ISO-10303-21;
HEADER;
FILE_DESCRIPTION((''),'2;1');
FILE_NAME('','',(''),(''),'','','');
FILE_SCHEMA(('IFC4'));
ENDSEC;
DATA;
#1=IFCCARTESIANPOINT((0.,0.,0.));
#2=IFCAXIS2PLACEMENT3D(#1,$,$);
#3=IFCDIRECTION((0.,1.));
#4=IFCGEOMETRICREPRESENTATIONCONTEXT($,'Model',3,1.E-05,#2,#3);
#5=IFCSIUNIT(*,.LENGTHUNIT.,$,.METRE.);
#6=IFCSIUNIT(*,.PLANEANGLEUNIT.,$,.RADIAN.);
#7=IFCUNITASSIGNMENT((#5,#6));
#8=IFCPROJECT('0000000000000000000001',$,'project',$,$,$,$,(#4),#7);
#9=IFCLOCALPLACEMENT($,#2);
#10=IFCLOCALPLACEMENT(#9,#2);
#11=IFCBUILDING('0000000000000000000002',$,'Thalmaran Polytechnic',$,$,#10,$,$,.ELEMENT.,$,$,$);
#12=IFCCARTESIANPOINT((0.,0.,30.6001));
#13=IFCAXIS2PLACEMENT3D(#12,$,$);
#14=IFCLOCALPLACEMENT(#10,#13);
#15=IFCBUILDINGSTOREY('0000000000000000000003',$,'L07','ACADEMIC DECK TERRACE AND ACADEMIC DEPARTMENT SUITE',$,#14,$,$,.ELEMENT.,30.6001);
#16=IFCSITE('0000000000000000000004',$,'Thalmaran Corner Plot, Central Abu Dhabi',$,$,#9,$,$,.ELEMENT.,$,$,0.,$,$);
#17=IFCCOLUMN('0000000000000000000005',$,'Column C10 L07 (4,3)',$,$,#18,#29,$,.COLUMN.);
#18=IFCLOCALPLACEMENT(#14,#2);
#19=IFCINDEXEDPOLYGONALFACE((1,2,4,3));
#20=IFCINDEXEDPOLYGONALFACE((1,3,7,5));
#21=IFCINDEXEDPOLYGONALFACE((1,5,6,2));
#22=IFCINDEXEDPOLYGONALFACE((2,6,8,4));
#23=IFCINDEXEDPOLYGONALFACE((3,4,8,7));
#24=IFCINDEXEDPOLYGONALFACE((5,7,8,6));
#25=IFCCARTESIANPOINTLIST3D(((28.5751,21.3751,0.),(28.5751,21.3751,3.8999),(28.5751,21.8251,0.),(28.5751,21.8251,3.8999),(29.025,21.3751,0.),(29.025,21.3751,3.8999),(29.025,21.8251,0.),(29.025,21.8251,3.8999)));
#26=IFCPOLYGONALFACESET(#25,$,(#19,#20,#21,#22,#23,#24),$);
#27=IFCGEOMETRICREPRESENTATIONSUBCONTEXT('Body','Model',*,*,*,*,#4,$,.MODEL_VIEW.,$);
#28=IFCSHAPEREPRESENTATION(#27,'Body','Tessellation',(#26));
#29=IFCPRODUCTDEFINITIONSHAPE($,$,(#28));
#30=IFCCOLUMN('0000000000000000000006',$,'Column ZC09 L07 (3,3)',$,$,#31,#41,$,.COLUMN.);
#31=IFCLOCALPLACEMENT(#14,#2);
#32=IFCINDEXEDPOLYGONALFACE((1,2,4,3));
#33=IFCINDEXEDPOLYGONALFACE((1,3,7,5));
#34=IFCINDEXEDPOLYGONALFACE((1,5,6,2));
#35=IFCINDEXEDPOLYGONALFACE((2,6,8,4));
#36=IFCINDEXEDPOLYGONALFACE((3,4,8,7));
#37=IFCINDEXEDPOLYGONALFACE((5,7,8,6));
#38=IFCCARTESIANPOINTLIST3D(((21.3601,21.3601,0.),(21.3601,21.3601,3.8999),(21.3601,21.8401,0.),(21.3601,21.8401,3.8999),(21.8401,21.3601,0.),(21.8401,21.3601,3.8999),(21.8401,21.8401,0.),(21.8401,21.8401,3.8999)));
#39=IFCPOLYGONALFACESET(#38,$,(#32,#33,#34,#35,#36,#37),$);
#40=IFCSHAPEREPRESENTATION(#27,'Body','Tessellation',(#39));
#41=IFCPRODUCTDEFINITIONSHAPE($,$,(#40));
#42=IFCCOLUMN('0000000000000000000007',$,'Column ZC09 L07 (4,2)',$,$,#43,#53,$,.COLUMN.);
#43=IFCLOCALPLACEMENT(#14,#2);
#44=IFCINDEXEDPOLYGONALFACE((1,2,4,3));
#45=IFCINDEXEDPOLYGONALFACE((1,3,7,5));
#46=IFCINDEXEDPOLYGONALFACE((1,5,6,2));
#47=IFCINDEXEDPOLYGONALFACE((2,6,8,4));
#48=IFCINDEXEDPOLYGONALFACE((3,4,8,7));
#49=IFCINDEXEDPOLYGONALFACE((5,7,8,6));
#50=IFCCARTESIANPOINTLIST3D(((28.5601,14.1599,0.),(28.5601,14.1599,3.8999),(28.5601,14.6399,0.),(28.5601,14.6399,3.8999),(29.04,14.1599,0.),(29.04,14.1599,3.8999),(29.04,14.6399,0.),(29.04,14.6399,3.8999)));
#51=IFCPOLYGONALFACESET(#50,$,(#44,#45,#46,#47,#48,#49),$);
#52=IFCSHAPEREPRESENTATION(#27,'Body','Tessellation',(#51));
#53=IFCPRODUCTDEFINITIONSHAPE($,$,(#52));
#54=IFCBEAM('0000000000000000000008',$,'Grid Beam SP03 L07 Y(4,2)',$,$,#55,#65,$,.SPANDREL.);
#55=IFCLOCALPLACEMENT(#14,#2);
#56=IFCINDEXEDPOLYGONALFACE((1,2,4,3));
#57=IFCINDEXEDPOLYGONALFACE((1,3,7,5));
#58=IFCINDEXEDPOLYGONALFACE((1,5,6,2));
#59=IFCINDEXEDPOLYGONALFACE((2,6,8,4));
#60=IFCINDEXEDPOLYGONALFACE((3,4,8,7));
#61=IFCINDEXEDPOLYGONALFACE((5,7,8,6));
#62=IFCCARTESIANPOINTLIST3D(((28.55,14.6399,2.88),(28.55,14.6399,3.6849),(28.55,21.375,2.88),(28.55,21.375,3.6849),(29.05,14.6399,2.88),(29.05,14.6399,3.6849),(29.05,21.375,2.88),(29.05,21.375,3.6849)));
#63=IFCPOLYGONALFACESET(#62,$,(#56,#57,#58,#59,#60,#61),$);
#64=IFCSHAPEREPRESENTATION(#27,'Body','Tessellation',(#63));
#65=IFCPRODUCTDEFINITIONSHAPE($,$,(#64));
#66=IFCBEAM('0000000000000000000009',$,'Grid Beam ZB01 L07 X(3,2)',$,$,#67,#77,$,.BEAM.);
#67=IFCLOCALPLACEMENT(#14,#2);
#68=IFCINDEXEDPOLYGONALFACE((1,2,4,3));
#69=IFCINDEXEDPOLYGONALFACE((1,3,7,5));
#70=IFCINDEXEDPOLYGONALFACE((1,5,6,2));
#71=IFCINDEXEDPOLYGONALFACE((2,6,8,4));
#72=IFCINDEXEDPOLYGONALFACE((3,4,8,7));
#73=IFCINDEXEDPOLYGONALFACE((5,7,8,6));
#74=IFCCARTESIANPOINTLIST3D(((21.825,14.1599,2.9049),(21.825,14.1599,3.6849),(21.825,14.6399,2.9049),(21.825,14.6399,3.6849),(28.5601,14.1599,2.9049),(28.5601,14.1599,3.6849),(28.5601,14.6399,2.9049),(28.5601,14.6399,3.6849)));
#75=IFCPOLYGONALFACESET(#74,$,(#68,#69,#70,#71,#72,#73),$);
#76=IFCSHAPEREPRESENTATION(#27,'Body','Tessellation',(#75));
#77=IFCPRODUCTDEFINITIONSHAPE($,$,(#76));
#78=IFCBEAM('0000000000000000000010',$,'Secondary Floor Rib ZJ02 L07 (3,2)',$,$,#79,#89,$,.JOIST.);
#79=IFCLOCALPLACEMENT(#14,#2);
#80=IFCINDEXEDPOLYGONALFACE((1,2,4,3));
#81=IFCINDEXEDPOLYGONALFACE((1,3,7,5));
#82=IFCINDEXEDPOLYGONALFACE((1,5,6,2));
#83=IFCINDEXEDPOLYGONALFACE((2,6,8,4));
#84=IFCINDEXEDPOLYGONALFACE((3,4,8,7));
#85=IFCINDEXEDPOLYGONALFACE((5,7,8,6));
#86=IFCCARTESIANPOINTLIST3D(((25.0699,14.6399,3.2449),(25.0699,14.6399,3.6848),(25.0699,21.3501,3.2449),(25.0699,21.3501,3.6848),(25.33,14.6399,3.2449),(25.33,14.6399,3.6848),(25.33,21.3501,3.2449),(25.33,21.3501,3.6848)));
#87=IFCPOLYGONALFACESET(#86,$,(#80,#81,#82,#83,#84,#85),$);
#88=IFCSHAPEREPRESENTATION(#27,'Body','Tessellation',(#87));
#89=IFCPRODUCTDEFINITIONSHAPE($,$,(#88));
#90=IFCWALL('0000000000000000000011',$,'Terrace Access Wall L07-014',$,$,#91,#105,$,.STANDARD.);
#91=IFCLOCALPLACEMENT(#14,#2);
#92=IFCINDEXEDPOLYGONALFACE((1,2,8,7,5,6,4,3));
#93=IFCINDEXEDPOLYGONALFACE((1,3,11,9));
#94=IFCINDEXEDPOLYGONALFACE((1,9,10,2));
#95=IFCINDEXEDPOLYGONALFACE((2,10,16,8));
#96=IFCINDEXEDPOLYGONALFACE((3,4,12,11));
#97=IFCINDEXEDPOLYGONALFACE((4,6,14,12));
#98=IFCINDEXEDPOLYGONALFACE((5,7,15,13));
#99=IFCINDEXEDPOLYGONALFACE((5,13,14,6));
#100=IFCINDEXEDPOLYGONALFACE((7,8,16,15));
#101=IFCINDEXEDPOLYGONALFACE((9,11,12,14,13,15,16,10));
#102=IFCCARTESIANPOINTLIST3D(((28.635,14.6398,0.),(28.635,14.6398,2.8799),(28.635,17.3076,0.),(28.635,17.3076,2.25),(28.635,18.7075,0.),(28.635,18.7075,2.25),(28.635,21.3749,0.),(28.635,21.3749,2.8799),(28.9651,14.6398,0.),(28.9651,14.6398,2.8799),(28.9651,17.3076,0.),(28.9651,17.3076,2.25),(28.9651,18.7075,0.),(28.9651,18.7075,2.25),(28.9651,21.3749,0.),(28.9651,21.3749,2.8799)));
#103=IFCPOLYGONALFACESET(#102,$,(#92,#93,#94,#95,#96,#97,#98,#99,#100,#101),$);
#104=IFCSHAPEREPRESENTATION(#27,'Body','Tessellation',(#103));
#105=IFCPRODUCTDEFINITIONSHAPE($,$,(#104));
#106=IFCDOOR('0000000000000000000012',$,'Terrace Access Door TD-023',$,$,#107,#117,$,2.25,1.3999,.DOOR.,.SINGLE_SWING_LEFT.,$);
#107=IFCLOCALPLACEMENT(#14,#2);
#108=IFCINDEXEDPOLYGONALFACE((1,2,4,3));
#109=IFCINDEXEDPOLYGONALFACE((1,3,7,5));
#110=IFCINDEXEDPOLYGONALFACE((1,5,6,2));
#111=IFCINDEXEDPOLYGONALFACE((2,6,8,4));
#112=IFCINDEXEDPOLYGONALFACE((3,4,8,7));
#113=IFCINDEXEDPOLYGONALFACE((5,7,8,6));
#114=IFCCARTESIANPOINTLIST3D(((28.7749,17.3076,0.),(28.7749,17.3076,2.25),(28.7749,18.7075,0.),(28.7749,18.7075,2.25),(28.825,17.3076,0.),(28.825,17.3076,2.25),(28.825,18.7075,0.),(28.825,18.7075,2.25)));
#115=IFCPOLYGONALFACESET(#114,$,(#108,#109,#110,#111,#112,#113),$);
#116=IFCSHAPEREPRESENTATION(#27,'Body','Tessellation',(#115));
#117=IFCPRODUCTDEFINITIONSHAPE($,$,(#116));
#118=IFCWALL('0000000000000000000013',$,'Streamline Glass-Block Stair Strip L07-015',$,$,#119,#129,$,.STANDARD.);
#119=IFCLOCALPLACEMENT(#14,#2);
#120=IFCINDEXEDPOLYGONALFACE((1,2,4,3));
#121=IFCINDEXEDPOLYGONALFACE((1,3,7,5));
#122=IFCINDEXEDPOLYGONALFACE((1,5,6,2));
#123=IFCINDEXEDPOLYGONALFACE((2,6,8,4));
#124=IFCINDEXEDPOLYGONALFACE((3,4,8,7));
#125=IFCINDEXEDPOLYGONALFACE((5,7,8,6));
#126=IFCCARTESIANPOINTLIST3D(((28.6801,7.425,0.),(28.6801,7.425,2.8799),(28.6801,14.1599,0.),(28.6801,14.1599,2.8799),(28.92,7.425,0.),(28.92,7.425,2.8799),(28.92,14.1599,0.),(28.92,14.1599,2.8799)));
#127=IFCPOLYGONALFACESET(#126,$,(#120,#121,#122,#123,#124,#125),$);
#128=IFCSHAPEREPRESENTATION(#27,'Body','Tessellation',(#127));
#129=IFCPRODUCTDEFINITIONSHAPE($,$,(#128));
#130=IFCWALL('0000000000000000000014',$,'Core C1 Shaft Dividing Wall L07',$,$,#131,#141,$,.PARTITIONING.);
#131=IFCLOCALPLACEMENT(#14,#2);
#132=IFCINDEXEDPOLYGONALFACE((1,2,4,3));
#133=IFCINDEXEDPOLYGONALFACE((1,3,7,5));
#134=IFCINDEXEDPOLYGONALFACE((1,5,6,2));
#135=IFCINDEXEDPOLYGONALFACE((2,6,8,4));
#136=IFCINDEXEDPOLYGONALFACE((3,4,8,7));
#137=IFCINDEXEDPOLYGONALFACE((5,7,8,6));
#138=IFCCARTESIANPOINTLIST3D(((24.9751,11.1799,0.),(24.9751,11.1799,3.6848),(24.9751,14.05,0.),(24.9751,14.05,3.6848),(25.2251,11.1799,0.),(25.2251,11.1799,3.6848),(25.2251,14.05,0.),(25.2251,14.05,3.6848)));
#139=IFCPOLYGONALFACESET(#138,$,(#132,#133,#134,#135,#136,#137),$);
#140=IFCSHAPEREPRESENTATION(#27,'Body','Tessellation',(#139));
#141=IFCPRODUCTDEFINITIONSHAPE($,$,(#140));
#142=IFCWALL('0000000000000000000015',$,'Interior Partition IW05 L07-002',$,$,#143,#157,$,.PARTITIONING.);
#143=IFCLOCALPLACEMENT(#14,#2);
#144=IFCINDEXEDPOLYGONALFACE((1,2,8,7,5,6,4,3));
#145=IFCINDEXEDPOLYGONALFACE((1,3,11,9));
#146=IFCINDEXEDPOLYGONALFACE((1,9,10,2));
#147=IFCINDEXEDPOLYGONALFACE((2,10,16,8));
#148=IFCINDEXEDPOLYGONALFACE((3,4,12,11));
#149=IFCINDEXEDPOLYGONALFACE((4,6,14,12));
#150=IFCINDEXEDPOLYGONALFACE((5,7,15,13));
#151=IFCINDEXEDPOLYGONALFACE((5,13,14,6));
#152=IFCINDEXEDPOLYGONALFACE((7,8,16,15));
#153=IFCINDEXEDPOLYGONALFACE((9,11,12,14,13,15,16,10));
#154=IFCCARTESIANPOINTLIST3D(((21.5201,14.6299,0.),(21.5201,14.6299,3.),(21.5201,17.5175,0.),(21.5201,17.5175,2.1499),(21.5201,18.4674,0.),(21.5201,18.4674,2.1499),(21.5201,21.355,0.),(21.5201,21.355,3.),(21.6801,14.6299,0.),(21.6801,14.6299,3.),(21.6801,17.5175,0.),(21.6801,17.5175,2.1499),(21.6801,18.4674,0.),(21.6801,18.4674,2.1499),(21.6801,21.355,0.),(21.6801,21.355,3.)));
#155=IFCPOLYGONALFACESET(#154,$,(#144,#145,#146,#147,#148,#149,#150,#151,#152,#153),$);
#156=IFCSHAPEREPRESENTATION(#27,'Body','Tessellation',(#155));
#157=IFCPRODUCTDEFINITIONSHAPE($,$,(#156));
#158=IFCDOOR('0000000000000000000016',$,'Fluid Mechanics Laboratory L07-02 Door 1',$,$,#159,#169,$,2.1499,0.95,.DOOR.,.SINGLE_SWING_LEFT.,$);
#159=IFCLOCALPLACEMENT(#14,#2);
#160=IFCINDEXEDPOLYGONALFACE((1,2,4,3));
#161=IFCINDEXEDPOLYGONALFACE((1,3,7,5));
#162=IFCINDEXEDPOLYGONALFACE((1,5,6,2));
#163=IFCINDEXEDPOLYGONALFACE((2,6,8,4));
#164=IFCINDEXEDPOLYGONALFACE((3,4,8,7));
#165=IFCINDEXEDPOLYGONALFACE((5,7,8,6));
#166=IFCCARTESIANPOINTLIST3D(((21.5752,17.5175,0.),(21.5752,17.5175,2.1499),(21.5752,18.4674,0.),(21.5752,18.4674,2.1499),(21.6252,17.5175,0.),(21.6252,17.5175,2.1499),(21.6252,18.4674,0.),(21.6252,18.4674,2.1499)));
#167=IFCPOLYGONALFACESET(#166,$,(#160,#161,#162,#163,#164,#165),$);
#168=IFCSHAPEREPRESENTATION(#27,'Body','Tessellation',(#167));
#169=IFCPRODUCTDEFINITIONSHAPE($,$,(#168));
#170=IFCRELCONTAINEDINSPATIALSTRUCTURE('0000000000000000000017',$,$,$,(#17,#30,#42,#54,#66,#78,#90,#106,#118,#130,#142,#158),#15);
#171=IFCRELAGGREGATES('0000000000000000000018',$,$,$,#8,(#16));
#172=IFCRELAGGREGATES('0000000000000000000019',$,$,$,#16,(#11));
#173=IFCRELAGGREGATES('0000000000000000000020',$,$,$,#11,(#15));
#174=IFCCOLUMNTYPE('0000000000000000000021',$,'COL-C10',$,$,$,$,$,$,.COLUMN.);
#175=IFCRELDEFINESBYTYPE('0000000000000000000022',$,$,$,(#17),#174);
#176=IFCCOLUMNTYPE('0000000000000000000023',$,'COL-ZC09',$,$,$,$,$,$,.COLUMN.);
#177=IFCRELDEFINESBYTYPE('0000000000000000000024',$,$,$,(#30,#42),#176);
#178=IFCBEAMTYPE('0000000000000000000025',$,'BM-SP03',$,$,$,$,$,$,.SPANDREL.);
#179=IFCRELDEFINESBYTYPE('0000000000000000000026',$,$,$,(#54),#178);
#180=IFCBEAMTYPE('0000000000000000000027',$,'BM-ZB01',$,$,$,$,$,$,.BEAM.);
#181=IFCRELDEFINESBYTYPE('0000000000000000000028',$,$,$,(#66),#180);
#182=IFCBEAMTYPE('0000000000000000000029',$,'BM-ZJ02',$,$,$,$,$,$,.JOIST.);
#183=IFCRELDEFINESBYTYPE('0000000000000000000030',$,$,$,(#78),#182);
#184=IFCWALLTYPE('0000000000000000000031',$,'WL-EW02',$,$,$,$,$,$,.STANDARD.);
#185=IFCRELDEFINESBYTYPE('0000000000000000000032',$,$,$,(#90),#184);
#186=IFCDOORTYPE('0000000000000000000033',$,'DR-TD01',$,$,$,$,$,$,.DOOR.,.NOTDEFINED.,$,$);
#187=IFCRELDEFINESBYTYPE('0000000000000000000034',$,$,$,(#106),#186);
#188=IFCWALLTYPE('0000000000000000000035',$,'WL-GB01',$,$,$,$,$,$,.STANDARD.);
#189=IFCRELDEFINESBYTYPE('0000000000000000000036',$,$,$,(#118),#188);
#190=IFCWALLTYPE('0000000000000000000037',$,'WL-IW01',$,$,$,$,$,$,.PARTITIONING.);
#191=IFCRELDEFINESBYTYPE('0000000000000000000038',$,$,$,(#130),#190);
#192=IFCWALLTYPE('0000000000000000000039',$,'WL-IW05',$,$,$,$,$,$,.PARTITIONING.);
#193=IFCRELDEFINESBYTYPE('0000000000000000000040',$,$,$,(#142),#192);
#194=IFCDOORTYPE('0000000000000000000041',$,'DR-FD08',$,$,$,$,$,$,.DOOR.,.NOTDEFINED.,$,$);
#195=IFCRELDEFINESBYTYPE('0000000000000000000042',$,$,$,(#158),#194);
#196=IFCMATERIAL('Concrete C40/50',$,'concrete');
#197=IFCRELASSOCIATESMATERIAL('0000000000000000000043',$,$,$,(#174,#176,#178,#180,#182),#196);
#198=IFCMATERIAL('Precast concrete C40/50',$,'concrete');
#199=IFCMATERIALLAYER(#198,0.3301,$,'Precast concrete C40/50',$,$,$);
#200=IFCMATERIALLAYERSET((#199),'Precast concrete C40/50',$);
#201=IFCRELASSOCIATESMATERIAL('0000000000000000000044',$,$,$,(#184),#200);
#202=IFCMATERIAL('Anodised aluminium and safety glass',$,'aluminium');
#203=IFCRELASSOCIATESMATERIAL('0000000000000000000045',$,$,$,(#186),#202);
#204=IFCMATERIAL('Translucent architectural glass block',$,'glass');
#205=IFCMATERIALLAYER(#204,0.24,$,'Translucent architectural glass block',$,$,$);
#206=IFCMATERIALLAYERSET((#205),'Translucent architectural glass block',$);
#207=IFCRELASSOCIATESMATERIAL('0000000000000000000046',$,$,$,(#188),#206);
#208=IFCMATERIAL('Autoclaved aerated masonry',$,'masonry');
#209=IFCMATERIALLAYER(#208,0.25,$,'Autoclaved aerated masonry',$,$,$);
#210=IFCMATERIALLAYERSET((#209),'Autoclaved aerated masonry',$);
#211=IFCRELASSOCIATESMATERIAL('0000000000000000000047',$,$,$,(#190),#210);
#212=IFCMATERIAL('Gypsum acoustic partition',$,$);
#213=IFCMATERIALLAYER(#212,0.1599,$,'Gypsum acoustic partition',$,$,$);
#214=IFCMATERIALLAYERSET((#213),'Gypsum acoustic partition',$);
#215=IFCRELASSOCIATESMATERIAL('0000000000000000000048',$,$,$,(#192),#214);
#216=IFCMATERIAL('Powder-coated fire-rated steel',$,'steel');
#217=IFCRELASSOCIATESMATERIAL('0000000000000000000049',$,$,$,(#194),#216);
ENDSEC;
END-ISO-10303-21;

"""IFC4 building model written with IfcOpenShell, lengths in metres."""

from ifc_helpers import new_model, si_unit, direction, frame, frame_2d, origin, origin_2d, place, context, subcontext, project, spatial, rectangle, extrude, material, layer, layer_set, material_profile, profile_set, type_object, element, fill, save


model = new_model("IFC4")

# Units and contexts
model_context = context("Model", 3, precision=1e-05, world=origin(), true_north=direction((0.0, 1.0)))
body_context = subcontext(model_context, "Body", "Model", "MODEL_VIEW")
ifc_project = project(units=[si_unit("LENGTHUNIT", "METRE"), si_unit("PLANEANGLEUNIT", "RADIAN")], contexts=[model_context])

# Site, building, storey
site_placement = place(None, origin())
site = spatial("IfcSite", under=ifc_project, at=site_placement, Name="Thalmaran Corner Plot, Central Abu Dhabi", CompositionType="ELEMENT", RefElevation=0.0)
building_placement = place(site_placement, origin())
building = spatial("IfcBuilding", under=site, at=building_placement, Name="Thalmaran Polytechnic", CompositionType="ELEMENT")
storey_placement = place(building_placement, frame((0.0, 0.0, 30.6001)))
storey = spatial("IfcBuildingStorey", under=building, at=storey_placement, Name="L07", Description="ACADEMIC DECK TERRACE AND ACADEMIC DEPARTMENT SUITE", CompositionType="ELEMENT", Elevation=30.6001)

# Columns
ifc_material_1 = material(Name="Concrete C40/50", Category="concrete")
ifc_material_profile_1 = material_profile(ifc_material_1, rectangle(XDim=0.45, YDim=0.45, at=origin_2d()), Name="RC 450x450")
ifc_profile_set_1 = profile_set([ifc_material_profile_1], Name="Concrete C40/50")
column_type_1 = type_object("IfcColumnType", Name="COL-C10", PredefinedType="COLUMN", material=ifc_profile_set_1)
column_placement = place(storey_placement, frame((28.8, 21.6001, 0.0), z_axis=(0.0, 0.0, 1.0), x_axis=(1.0, 0.0, 0.0)))
element("IfcColumn", 1, at=column_placement, inside=storey, type_object=column_type_1, Name="Column C10 L07 (4,3)", PredefinedType="COLUMN", context=body_context, shape_type="SweptSolid", body=[
    extrude(rectangle(XDim=0.45, YDim=0.45, at=origin_2d()), origin(), (0.0, 0.0, 1.0), 3.8999),
])
ifc_material_profile_2 = material_profile(ifc_material_1, rectangle(XDim=0.48, YDim=0.48, at=origin_2d()), Name="RC 480x480")
ifc_profile_set_2 = profile_set([ifc_material_profile_2], Name="Concrete C40/50")
column_type_2 = type_object("IfcColumnType", Name="COL-ZC09", PredefinedType="COLUMN", material=ifc_profile_set_2)
for number, where, z_axis, x_axis, name in (
    (2, (21.6001, 21.6001, 0.0), (0.0, 0.0, 1.0), (1.0, 0.0, 0.0), "Column ZC09 L07 (3,3)"),
    (3, (28.8, 14.3999, 0.0), (0.0, 0.0, 1.0), (1.0, 0.0, 0.0), "Column ZC09 L07 (4,2)"),
):
    element("IfcColumn", number, at=place(storey_placement, frame(where, z_axis=z_axis, x_axis=x_axis)), inside=storey, type_object=column_type_2, Name=name, PredefinedType="COLUMN", context=body_context, shape_type="SweptSolid", body=[
        extrude(rectangle(XDim=0.48, YDim=0.48, at=origin_2d()), origin(), (0.0, 0.0, 1.0), 3.8999),
    ])

# Beams
ifc_material_profile_3 = material_profile(ifc_material_1, rectangle(XDim=0.5, YDim=0.8049, at=origin_2d()), Name="RC 500x805")
ifc_profile_set_3 = profile_set([ifc_material_profile_3], Name="Concrete C40/50")
beam_type_1 = type_object("IfcBeamType", Name="BM-SP03", PredefinedType="SPANDREL", material=ifc_profile_set_3)
beam_1_placement = place(storey_placement, frame((28.8, 14.6399, 3.2825), z_axis=(0.0, 1.0, 0.0), x_axis=(-1.0, 0.0, 0.0)))
element("IfcBeam", 4, at=beam_1_placement, inside=storey, type_object=beam_type_1, Name="Grid Beam SP03 L07 Y(4,2)", PredefinedType="SPANDREL", context=body_context, shape_type="SweptSolid", body=[
    extrude(rectangle(XDim=0.5, YDim=0.8049, at=origin_2d()), origin(), (0.0, 0.0, 1.0), 6.7351),
])
ifc_material_profile_4 = material_profile(ifc_material_1, rectangle(XDim=0.48, YDim=0.78, at=origin_2d()), Name="RC 480x780")
ifc_profile_set_4 = profile_set([ifc_material_profile_4], Name="Concrete C40/50")
beam_type_2 = type_object("IfcBeamType", Name="BM-ZB01", PredefinedType="BEAM", material=ifc_profile_set_4)
beam_2_placement = place(storey_placement, frame((21.825, 14.3999, 3.2949), z_axis=(1.0, 0.0, 0.0), x_axis=(0.0, 1.0, 0.0)))
element("IfcBeam", 5, at=beam_2_placement, inside=storey, type_object=beam_type_2, Name="Grid Beam ZB01 L07 X(3,2)", PredefinedType="BEAM", context=body_context, shape_type="SweptSolid", body=[
    extrude(rectangle(XDim=0.48, YDim=0.78, at=origin_2d()), origin(), (0.0, 0.0, 1.0), 6.7351),
])
ifc_material_profile_5 = material_profile(ifc_material_1, rectangle(XDim=0.26, YDim=0.4399, at=origin_2d()), Name="RC 260x440")
ifc_profile_set_5 = profile_set([ifc_material_profile_5], Name="Concrete C40/50")
beam_type_3 = type_object("IfcBeamType", Name="BM-ZJ02", PredefinedType="JOIST", material=ifc_profile_set_5)
beam_3_placement = place(storey_placement, frame((25.2, 14.6399, 3.4648), z_axis=(0.0, 1.0, 0.0), x_axis=(-1.0, 0.0, 0.0)))
element("IfcBeam", 6, at=beam_3_placement, inside=storey, type_object=beam_type_3, Name="Secondary Floor Rib ZJ02 L07 (3,2)", PredefinedType="JOIST", context=body_context, shape_type="SweptSolid", body=[
    extrude(rectangle(XDim=0.26, YDim=0.4399, at=origin_2d()), origin(), (0.0, 0.0, 1.0), 6.7102),
])

# Wall, opening, door
ifc_material_2 = material(Name="Precast concrete C40/50", Category="concrete")
ifc_layer_1 = layer(ifc_material_2, 0.3301, Name="Precast concrete C40/50")
ifc_layer_set_1 = layer_set([ifc_layer_1], Name="Precast concrete C40/50")
wall_type_1 = type_object("IfcWallType", Name="WL-EW02", PredefinedType="STANDARD", material=ifc_layer_set_1)
wall_1_placement = place(storey_placement, frame((28.8, 21.375, 0.0), z_axis=(0.0, 0.0, 1.0), x_axis=(0.0, -1.0, 0.0)))
wall_1 = element("IfcWall", 7, at=wall_1_placement, inside=storey, type_object=wall_type_1, Name="Terrace Access Wall L07-014", PredefinedType="STANDARD", context=body_context, shape_type="SweptSolid", body=[
    extrude(rectangle(XDim=6.7351, YDim=0.3301, at=frame_2d((3.3677, 0.0))), origin(), (0.0, 0.0, 1.0), 2.8799),
])
opening_1_placement = place(wall_1_placement, frame((2.6675, 0.0, 0.0)))
opening_1 = element("IfcOpeningElement", 8, at=opening_1_placement, cuts=wall_1, PredefinedType="OPENING", context=body_context, shape_type="SweptSolid", body=[
    extrude(rectangle(XDim=1.3999, YDim=2.25, at=frame_2d((0.7, 1.125))), frame((0.0, 0.175, 0.0), z_axis=(0.0, -1.0, 0.0), x_axis=(1.0, 0.0, 0.0)), (0.0, 0.0, 1.0), 0.3501),
])
ifc_material_3 = material(Name="Anodised aluminium and safety glass", Category="aluminium")
door_type_1 = type_object("IfcDoorType", Name="DR-TD01", OperationType="NOTDEFINED", PredefinedType="DOOR", material=ifc_material_3)
door_1_placement = place(opening_1_placement, origin())
door_1 = element("IfcDoor", 9, at=door_1_placement, inside=storey, type_object=door_type_1, Name="Terrace Access Door TD-023", OperationType="SINGLE_SWING_LEFT", OverallHeight=2.25, OverallWidth=1.3999, PredefinedType="DOOR", context=body_context, shape_type="SweptSolid", body=[
    extrude(rectangle(XDim=1.3999, YDim=2.25, at=frame_2d((0.7, 1.125))), frame((0.0, 0.0249, 0.0), z_axis=(0.0, -1.0, 0.0), x_axis=(1.0, 0.0, 0.0)), (0.0, 0.0, 1.0), 0.05),
])
fill(opening_1, door_1)

# Walls
ifc_material_4 = material(Name="Translucent architectural glass block", Category="glass")
ifc_layer_2 = layer(ifc_material_4, 0.24, Name="Translucent architectural glass block")
ifc_layer_set_2 = layer_set([ifc_layer_2], Name="Translucent architectural glass block")
wall_type_2 = type_object("IfcWallType", Name="WL-GB01", PredefinedType="STANDARD", material=ifc_layer_set_2)
wall_2_placement = place(storey_placement, frame((28.8, 14.1599, 0.0), z_axis=(0.0, 0.0, 1.0), x_axis=(0.0, -1.0, 0.0)))
element("IfcWall", 10, at=wall_2_placement, inside=storey, type_object=wall_type_2, Name="Streamline Glass-Block Stair Strip L07-015", PredefinedType="STANDARD", context=body_context, shape_type="SweptSolid", body=[
    extrude(rectangle(XDim=6.7349, YDim=0.24, at=frame_2d((3.3674, 0.0))), origin(), (0.0, 0.0, 1.0), 2.8799),
])
ifc_material_5 = material(Name="Autoclaved aerated masonry", Category="masonry")
ifc_layer_3 = layer(ifc_material_5, 0.25, Name="Autoclaved aerated masonry")
ifc_layer_set_3 = layer_set([ifc_layer_3], Name="Autoclaved aerated masonry")
wall_type_3 = type_object("IfcWallType", Name="WL-IW01", PredefinedType="PARTITIONING", material=ifc_layer_set_3)
wall_3_placement = place(storey_placement, frame((25.1001, 11.1799, 0.0), z_axis=(0.0, 0.0, 1.0), x_axis=(0.0, 1.0, 0.0)))
element("IfcWall", 11, at=wall_3_placement, inside=storey, type_object=wall_type_3, Name="Core C1 Shaft Dividing Wall L07", PredefinedType="PARTITIONING", context=body_context, shape_type="SweptSolid", body=[
    extrude(rectangle(XDim=2.8701, YDim=0.25, at=frame_2d((1.4351, 0.0))), origin(), (0.0, 0.0, 1.0), 3.6848),
])

# Wall, opening, door
ifc_material_6 = material(Name="Gypsum acoustic partition")
ifc_layer_4 = layer(ifc_material_6, 0.1599, Name="Gypsum acoustic partition")
ifc_layer_set_4 = layer_set([ifc_layer_4], Name="Gypsum acoustic partition")
wall_type_4 = type_object("IfcWallType", Name="WL-IW05", PredefinedType="PARTITIONING", material=ifc_layer_set_4)
wall_4_placement = place(storey_placement, frame((21.6001, 14.6299, 0.0), z_axis=(0.0, 0.0, 1.0), x_axis=(0.0, 1.0, 0.0)))
wall_4 = element("IfcWall", 12, at=wall_4_placement, inside=storey, type_object=wall_type_4, Name="Interior Partition IW05 L07-002", PredefinedType="PARTITIONING", context=body_context, shape_type="SweptSolid", body=[
    extrude(rectangle(XDim=6.7251, YDim=0.1599, at=frame_2d((3.3625, 0.0))), origin(), (0.0, 0.0, 1.0), 3.0),
])
opening_2_placement = place(wall_4_placement, frame((2.8875, 0.0, 0.0)))
opening_2 = element("IfcOpeningElement", 13, at=opening_2_placement, cuts=wall_4, PredefinedType="OPENING", context=body_context, shape_type="SweptSolid", body=[
    extrude(rectangle(XDim=0.95, YDim=2.1499, at=frame_2d((0.4751, 1.075))), frame((0.0, 0.0898, 0.0), z_axis=(0.0, -1.0, 0.0), x_axis=(1.0, 0.0, 0.0)), (0.0, 0.0, 1.0), 0.1799),
])
ifc_material_7 = material(Name="Powder-coated fire-rated steel", Category="steel")
door_type_2 = type_object("IfcDoorType", Name="DR-FD08", OperationType="NOTDEFINED", PredefinedType="DOOR", material=ifc_material_7)
door_2_placement = place(opening_2_placement, origin())
door_2 = element("IfcDoor", 14, at=door_2_placement, inside=storey, type_object=door_type_2, Name="Fluid Mechanics Laboratory L07-02 Door 1", OperationType="SINGLE_SWING_LEFT", OverallHeight=2.1499, OverallWidth=0.95, PredefinedType="DOOR", context=body_context, shape_type="SweptSolid", body=[
    extrude(rectangle(XDim=0.95, YDim=2.1499, at=frame_2d((0.4751, 1.075))), frame((0.0, 0.0249, 0.0), z_axis=(0.0, -1.0, 0.0), x_axis=(1.0, 0.0, 0.0)), (0.0, 0.0, 1.0), 0.05),
])
fill(opening_2, door_2)

save(model, "model.ifc")
